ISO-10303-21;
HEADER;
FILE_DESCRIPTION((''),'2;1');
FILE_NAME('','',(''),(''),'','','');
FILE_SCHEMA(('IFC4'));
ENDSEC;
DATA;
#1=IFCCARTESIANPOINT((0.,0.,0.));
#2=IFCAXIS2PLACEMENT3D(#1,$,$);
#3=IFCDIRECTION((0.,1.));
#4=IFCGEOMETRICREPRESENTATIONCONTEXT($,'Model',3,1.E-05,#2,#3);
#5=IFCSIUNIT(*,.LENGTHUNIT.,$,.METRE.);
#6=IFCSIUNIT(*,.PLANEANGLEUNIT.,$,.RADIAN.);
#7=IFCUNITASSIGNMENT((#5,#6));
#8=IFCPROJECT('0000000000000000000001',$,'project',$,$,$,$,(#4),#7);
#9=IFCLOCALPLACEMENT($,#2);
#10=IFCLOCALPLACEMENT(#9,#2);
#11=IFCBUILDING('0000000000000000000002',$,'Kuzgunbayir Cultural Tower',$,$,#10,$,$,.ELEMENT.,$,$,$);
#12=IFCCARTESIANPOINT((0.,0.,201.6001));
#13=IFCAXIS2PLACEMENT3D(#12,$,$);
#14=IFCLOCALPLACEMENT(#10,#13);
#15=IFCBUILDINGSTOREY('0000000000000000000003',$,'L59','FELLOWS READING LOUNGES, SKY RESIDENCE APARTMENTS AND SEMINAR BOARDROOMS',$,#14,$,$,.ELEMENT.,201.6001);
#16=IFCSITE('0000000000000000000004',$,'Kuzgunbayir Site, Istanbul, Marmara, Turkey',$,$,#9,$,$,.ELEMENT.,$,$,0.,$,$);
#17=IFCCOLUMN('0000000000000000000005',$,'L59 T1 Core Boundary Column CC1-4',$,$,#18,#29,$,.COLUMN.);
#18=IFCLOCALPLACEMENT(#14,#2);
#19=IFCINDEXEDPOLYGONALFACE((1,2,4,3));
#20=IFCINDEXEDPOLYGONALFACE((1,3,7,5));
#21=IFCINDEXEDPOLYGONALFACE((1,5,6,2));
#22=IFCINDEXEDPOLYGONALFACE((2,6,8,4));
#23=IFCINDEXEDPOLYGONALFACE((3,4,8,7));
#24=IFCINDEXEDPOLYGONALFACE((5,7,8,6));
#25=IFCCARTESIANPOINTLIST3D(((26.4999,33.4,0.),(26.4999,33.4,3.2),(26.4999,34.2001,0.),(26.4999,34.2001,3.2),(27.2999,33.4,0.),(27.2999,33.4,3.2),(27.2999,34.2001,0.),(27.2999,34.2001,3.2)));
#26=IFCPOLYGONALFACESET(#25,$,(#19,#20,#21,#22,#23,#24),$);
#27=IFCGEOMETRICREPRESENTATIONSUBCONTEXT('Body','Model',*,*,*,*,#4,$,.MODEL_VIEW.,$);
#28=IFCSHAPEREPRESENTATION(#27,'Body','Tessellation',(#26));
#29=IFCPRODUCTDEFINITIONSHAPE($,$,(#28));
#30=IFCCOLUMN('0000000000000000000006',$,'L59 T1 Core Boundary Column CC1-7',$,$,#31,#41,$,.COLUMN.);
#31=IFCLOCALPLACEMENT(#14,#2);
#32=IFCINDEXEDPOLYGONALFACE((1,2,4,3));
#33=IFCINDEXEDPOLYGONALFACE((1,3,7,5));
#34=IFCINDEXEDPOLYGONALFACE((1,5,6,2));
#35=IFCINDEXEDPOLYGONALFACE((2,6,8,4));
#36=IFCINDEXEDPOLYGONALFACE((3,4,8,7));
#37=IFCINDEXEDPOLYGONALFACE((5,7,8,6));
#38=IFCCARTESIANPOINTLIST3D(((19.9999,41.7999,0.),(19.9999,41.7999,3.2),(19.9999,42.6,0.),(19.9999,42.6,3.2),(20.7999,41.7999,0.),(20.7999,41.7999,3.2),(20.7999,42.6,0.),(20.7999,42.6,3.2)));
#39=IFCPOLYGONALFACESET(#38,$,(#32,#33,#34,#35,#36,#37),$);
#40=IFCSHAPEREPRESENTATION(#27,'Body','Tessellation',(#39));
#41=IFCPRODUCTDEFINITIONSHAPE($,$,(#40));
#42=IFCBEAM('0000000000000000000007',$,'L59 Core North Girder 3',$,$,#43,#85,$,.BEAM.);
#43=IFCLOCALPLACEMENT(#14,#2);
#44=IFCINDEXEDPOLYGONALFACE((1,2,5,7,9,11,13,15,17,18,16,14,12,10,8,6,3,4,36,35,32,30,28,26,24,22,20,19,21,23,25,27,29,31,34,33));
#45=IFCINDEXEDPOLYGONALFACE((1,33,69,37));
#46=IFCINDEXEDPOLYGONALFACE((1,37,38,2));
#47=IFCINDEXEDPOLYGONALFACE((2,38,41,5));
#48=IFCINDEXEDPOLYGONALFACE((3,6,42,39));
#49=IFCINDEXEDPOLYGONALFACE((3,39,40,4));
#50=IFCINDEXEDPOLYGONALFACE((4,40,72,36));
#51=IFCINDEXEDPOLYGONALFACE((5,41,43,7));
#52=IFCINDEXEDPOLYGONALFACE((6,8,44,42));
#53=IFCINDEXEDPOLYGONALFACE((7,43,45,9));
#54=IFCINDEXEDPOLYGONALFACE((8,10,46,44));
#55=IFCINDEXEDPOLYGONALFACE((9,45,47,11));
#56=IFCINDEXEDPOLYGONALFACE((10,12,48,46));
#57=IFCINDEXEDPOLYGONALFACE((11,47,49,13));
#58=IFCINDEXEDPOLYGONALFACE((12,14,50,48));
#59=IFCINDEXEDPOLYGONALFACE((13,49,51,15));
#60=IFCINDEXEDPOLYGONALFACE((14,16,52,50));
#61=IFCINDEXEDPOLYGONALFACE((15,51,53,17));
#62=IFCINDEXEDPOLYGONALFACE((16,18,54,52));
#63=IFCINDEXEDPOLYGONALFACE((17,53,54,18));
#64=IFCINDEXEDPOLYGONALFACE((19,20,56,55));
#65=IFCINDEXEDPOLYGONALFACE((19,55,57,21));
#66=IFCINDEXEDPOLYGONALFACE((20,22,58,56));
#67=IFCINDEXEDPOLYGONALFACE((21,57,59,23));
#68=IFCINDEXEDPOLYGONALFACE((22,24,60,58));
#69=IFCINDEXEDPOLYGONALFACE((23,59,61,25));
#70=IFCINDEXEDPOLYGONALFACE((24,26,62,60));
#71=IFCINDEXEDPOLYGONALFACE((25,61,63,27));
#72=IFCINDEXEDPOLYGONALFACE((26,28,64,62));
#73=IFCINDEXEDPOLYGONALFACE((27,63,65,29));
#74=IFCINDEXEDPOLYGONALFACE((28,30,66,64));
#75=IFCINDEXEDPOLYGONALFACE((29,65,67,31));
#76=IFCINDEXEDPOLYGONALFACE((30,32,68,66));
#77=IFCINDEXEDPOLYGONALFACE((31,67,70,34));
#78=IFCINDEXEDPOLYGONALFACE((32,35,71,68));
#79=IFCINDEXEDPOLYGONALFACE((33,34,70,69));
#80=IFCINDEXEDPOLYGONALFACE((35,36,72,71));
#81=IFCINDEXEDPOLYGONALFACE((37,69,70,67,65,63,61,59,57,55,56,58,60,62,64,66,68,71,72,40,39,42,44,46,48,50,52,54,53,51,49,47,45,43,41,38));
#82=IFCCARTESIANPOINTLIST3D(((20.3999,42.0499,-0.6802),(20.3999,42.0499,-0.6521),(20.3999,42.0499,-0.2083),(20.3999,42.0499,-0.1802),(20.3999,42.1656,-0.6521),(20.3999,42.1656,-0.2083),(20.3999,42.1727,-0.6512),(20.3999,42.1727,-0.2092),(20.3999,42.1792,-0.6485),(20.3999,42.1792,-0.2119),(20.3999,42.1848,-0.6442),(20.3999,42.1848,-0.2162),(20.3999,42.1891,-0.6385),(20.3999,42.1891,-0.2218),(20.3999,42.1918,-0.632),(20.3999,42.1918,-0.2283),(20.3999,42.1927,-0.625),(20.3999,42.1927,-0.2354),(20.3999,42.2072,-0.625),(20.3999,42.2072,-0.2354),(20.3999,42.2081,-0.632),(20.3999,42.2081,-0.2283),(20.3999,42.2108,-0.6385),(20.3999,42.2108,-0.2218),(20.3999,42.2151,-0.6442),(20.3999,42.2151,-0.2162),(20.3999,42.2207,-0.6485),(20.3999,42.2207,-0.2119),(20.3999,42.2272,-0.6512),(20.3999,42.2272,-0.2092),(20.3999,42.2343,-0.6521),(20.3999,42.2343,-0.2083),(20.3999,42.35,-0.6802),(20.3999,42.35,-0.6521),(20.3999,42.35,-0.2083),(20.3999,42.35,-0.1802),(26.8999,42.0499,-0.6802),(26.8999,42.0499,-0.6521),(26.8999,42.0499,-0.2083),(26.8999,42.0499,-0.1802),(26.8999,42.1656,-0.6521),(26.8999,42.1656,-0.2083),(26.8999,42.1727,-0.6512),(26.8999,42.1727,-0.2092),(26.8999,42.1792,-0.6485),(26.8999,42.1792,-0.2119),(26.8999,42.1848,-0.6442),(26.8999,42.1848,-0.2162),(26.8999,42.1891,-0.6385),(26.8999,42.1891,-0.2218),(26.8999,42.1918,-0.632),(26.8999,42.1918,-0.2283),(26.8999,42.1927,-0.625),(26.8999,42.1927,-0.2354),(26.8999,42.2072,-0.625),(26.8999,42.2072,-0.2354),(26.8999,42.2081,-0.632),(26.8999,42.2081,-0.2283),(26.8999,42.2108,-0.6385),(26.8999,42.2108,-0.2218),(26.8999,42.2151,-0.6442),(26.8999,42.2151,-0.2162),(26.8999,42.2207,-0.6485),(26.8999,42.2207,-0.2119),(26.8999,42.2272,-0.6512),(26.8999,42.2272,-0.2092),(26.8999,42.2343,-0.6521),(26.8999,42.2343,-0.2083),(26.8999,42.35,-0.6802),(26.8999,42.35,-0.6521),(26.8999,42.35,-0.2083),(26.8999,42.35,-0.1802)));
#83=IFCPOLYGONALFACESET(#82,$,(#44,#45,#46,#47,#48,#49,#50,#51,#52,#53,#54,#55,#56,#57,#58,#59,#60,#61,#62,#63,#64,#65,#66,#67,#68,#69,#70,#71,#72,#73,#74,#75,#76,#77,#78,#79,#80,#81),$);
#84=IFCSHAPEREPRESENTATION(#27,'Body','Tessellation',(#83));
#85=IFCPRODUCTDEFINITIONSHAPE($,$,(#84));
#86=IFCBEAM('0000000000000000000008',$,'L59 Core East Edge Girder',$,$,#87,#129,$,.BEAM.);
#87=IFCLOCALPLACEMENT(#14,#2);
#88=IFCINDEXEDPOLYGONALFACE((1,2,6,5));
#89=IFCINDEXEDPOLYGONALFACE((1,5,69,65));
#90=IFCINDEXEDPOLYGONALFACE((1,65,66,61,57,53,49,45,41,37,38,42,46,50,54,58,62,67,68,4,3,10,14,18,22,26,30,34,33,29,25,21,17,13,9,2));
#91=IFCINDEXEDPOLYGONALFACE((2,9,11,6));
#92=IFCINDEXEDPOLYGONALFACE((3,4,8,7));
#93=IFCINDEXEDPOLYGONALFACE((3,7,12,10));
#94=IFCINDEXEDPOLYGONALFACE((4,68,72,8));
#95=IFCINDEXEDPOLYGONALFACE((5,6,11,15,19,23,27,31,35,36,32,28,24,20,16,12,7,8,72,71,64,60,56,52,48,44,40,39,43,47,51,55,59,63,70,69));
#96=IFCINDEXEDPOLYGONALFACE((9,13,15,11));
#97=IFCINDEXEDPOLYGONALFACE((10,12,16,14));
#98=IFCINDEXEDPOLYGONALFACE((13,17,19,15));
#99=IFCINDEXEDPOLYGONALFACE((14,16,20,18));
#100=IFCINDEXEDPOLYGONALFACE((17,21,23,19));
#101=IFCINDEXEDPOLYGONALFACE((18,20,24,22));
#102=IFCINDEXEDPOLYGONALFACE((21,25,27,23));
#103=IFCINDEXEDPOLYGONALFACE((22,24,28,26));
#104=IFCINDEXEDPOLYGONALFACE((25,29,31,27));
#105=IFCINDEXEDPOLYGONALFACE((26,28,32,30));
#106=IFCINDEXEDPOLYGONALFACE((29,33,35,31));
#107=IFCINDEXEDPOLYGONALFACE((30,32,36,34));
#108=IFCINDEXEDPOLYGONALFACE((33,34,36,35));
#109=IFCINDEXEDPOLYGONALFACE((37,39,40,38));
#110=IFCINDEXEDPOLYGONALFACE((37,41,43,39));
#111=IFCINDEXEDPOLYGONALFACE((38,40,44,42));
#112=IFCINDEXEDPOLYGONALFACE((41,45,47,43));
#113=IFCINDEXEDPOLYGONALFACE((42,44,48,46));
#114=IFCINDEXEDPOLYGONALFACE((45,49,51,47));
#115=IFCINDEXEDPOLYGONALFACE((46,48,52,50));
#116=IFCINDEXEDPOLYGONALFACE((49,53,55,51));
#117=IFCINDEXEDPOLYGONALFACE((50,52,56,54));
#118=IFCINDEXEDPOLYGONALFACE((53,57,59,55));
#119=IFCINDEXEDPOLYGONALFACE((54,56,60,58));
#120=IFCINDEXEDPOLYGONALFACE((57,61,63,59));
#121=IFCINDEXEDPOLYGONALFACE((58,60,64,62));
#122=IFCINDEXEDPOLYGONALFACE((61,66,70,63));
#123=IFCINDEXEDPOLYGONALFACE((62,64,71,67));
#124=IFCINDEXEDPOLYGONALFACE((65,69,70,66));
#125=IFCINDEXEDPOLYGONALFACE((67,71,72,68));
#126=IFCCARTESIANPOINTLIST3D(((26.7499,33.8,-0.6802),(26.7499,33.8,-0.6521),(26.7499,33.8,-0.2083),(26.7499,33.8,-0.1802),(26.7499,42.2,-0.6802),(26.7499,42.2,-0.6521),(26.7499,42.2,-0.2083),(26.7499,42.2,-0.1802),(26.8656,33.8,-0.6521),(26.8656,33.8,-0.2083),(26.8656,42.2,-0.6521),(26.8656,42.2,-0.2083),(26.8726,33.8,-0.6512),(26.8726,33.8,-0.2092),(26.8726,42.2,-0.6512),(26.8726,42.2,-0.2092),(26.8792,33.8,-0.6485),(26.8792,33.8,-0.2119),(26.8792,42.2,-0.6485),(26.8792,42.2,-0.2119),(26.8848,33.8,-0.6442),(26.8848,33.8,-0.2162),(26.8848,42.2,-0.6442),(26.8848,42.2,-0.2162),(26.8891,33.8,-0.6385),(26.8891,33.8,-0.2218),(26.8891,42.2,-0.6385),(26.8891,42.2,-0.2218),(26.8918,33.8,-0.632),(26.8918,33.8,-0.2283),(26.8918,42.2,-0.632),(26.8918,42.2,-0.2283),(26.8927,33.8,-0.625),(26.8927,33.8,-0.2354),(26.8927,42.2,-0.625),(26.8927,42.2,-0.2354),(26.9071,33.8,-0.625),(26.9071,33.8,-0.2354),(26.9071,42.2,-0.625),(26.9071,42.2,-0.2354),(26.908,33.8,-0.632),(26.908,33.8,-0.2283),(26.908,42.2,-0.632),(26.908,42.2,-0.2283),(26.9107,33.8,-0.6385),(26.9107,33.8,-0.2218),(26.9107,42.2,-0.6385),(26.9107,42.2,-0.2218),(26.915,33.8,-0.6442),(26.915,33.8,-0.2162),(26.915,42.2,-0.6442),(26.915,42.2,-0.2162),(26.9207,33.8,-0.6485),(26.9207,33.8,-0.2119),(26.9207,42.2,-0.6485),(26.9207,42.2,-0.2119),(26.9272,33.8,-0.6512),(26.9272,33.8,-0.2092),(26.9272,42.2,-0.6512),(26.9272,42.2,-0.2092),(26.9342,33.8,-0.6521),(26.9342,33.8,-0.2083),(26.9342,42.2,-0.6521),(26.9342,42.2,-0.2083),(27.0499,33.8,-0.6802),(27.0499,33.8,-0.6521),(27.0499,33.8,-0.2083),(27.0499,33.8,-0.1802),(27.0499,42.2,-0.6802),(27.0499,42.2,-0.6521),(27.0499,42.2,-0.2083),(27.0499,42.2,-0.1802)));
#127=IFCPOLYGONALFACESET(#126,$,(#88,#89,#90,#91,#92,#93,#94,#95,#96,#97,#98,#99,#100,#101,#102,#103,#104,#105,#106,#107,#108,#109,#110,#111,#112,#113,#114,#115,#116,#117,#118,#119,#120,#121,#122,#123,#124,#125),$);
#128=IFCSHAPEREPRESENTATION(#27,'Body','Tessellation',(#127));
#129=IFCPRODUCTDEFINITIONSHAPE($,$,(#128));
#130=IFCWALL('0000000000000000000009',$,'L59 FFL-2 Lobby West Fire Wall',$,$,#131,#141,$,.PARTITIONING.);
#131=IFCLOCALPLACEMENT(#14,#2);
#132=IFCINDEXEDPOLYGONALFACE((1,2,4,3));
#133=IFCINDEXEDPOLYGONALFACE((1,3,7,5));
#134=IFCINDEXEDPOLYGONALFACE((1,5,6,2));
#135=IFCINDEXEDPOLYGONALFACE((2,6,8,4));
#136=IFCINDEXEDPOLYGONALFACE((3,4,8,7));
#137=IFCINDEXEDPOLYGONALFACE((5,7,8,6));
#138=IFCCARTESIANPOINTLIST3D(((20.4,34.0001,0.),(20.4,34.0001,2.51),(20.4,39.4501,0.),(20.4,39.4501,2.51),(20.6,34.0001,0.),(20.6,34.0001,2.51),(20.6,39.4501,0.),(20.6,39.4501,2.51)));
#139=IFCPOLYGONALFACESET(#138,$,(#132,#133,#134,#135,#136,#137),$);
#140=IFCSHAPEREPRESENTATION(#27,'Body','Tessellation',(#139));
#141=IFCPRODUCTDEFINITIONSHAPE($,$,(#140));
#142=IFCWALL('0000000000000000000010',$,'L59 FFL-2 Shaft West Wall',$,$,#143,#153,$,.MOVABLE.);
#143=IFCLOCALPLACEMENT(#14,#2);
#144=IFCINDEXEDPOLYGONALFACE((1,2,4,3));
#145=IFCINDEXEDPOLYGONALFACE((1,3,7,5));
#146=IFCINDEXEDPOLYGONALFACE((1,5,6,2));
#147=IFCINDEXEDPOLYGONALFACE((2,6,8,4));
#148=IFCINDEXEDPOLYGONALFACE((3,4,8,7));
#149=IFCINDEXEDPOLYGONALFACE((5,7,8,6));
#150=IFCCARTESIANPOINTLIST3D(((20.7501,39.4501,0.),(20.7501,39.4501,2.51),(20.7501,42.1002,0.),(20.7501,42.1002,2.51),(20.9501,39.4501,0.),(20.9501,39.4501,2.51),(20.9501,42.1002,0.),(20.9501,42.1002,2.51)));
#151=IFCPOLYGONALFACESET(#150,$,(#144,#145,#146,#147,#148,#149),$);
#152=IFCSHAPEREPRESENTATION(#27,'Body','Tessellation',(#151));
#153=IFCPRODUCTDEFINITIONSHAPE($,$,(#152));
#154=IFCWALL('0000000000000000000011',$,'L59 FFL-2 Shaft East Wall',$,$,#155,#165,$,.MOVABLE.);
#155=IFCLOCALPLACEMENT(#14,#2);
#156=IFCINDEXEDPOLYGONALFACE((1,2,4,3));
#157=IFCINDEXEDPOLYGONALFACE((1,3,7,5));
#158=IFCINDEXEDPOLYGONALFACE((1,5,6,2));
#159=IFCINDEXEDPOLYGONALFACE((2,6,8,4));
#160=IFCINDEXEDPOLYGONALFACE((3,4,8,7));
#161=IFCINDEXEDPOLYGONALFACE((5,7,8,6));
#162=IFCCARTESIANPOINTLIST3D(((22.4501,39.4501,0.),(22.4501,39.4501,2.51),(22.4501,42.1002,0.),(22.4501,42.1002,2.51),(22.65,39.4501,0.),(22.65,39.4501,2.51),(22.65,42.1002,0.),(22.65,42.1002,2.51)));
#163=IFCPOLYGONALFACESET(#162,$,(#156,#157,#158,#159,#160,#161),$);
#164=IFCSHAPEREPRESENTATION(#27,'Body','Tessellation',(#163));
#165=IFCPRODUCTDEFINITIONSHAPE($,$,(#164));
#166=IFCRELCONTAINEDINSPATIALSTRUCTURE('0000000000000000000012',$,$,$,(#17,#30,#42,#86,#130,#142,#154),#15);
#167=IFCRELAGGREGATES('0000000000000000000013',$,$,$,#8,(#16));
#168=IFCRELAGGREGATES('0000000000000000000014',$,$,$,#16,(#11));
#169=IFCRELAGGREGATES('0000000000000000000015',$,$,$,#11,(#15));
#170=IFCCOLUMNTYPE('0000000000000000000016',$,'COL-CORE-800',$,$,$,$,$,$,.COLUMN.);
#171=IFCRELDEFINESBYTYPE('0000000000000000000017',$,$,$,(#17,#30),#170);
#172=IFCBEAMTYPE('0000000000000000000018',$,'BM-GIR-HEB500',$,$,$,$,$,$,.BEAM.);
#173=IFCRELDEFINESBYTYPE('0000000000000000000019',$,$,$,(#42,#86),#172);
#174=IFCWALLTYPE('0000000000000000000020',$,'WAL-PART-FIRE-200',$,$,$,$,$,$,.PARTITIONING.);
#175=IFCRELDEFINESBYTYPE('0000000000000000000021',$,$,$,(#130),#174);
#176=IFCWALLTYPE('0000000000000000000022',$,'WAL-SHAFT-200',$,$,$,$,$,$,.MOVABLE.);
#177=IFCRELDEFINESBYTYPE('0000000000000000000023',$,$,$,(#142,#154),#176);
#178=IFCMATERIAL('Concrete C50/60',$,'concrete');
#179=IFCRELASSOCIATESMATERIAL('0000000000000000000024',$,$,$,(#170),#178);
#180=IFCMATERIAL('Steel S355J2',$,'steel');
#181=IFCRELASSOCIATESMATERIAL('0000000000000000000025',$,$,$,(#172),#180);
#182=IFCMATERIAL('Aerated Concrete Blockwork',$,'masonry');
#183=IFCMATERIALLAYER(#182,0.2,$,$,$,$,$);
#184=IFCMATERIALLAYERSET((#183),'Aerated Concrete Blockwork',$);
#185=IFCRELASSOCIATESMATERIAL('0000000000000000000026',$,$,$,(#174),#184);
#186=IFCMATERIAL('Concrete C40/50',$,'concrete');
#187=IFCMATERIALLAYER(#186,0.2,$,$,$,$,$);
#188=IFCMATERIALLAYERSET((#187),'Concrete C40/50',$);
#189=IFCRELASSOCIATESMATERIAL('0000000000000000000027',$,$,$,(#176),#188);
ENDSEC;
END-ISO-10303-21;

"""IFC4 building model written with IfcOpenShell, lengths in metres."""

from ifc_helpers import new_model, si_unit, direction, frame, frame_2d, origin, origin_2d, place, context, subcontext, project, spatial, rectangle, i_section, extrude, material, layer, layer_set, material_profile, profile_set, type_object, element, save


model = new_model("IFC4")

# Units and contexts
model_context = context("Model", 3, precision=1e-05, world=origin(), true_north=direction((0.0, 1.0)))
body_context = subcontext(model_context, "Body", "Model", "MODEL_VIEW")
ifc_project = project(units=[si_unit("LENGTHUNIT", "METRE"), si_unit("PLANEANGLEUNIT", "RADIAN")], contexts=[model_context])

# Site, building, storey
site_placement = place(None, origin())
site = spatial("IfcSite", under=ifc_project, at=site_placement, Name="Kuzgunbayir Site, Istanbul, Marmara, Turkey", CompositionType="ELEMENT", RefElevation=0.0)
building_placement = place(site_placement, origin())
building = spatial("IfcBuilding", under=site, at=building_placement, Name="Kuzgunbayir Cultural Tower", CompositionType="ELEMENT")
storey_placement = place(building_placement, frame((0.0, 0.0, 201.6001)))
storey = spatial("IfcBuildingStorey", under=building, at=storey_placement, Name="L59", Description="FELLOWS READING LOUNGES, SKY RESIDENCE APARTMENTS AND SEMINAR BOARDROOMS", CompositionType="ELEMENT", Elevation=201.6001)

# Columns
ifc_material_1 = material(Name="Concrete C50/60", Category="concrete")
ifc_material_profile_1 = material_profile(ifc_material_1, rectangle(XDim=0.8, YDim=0.8, at=origin_2d()), Name="RC 800x800")
ifc_profile_set_1 = profile_set([ifc_material_profile_1], Name="Concrete C50/60")
column_type = type_object("IfcColumnType", Name="COL-CORE-800", PredefinedType="COLUMN", material=ifc_profile_set_1)
for number, where, z_axis, x_axis, name in (
    (1, (26.8999, 33.8, 0.0), (0.0, 0.0, 1.0), (1.0, 0.0, 0.0), "L59 T1 Core Boundary Column CC1-4"),
    (2, (20.3999, 42.2, 0.0), (0.0, 0.0, 1.0), (1.0, 0.0, 0.0), "L59 T1 Core Boundary Column CC1-7"),
):
    element("IfcColumn", number, at=place(storey_placement, frame(where, z_axis=z_axis, x_axis=x_axis)), inside=storey, type_object=column_type, Name=name, PredefinedType="COLUMN", context=body_context, shape_type="SweptSolid", body=[
        extrude(rectangle(XDim=0.8, YDim=0.8, at=origin_2d()), origin(), (0.0, 0.0, 1.0), 3.2),
    ])

# Beams
ifc_material_2 = material(Name="Steel S355J2", Category="steel")
ifc_material_profile_2 = material_profile(ifc_material_2, i_section(OverallWidth=0.3, OverallDepth=0.5, WebThickness=0.0144, FlangeThickness=0.0281, FilletRadius=0.0271, at=origin_2d()), Name="HEB 500")
ifc_profile_set_2 = profile_set([ifc_material_profile_2], Name="Steel S355J2")
beam_type = type_object("IfcBeamType", Name="BM-GIR-HEB500", PredefinedType="BEAM", material=ifc_profile_set_2)
beam_1_placement = place(storey_placement, frame((20.3999, 42.2, -0.4302), z_axis=(1.0, 0.0, 0.0), x_axis=(0.0, 1.0, 0.0)))
element("IfcBeam", 3, at=beam_1_placement, inside=storey, type_object=beam_type, Name="L59 Core North Girder 3", PredefinedType="BEAM", context=body_context, shape_type="SweptSolid", body=[
    extrude(i_section(OverallWidth=0.3, OverallDepth=0.5, WebThickness=0.0144, FlangeThickness=0.0281, FilletRadius=0.0271, at=origin_2d()), origin(), (0.0, 0.0, 1.0), 6.5),
])
beam_2_placement = place(storey_placement, frame((26.8999, 33.8, -0.4302), z_axis=(0.0, 1.0, 0.0), x_axis=(-1.0, 0.0, 0.0)))
element("IfcBeam", 4, at=beam_2_placement, inside=storey, type_object=beam_type, Name="L59 Core East Edge Girder", PredefinedType="BEAM", context=body_context, shape_type="SweptSolid", body=[
    extrude(i_section(OverallWidth=0.3, OverallDepth=0.5, WebThickness=0.0144, FlangeThickness=0.0281, FilletRadius=0.0271, at=origin_2d()), origin(), (0.0, 0.0, 1.0), 8.3999),
])

# Wall
ifc_material_3 = material(Name="Aerated Concrete Blockwork", Category="masonry")
ifc_layer_1 = layer(ifc_material_3, 0.2)
ifc_layer_set_1 = layer_set([ifc_layer_1], Name="Aerated Concrete Blockwork")
wall_type_1 = type_object("IfcWallType", Name="WAL-PART-FIRE-200", PredefinedType="PARTITIONING", material=ifc_layer_set_1)
wall_1_placement = place(storey_placement, frame((20.5, 34.0, 0.0), z_axis=(0.0, 0.0, 1.0), x_axis=(0.0, 1.0, 0.0)))
element("IfcWall", 5, at=wall_1_placement, inside=storey, type_object=wall_type_1, Name="L59 FFL-2 Lobby West Fire Wall", PredefinedType="PARTITIONING", context=body_context, shape_type="SweptSolid", body=[
    extrude(rectangle(XDim=5.45, YDim=0.2, at=frame_2d((2.7251, 0.0))), origin(), (0.0, 0.0, 1.0), 2.51),
])

# Shared definitions
ifc_material_4 = material(Name="Concrete C40/50", Category="concrete")
ifc_layer_2 = layer(ifc_material_4, 0.2)
ifc_layer_set_2 = layer_set([ifc_layer_2], Name="Concrete C40/50")
wall_type_2 = type_object("IfcWallType", Name="WAL-SHAFT-200", PredefinedType="MOVABLE", material=ifc_layer_set_2)

# Walls
for number, where, z_axis, x_axis, name in (
    (6, (20.8501, 39.45, 0.0), (0.0, 0.0, 1.0), (0.0, 1.0, 0.0), "L59 FFL-2 Shaft West Wall"),
    (7, (22.55, 39.45, 0.0), (0.0, 0.0, 1.0), (0.0, 1.0, 0.0), "L59 FFL-2 Shaft East Wall"),
):
    element("IfcWall", number, at=place(storey_placement, frame(where, z_axis=z_axis, x_axis=x_axis)), inside=storey, type_object=wall_type_2, Name=name, PredefinedType="MOVABLE", context=body_context, shape_type="SweptSolid", body=[
        extrude(rectangle(XDim=2.6501, YDim=0.2, at=frame_2d((1.3252, 0.0))), origin(), (0.0, 0.0, 1.0), 2.51),
    ])

save(model, "model.ifc")
